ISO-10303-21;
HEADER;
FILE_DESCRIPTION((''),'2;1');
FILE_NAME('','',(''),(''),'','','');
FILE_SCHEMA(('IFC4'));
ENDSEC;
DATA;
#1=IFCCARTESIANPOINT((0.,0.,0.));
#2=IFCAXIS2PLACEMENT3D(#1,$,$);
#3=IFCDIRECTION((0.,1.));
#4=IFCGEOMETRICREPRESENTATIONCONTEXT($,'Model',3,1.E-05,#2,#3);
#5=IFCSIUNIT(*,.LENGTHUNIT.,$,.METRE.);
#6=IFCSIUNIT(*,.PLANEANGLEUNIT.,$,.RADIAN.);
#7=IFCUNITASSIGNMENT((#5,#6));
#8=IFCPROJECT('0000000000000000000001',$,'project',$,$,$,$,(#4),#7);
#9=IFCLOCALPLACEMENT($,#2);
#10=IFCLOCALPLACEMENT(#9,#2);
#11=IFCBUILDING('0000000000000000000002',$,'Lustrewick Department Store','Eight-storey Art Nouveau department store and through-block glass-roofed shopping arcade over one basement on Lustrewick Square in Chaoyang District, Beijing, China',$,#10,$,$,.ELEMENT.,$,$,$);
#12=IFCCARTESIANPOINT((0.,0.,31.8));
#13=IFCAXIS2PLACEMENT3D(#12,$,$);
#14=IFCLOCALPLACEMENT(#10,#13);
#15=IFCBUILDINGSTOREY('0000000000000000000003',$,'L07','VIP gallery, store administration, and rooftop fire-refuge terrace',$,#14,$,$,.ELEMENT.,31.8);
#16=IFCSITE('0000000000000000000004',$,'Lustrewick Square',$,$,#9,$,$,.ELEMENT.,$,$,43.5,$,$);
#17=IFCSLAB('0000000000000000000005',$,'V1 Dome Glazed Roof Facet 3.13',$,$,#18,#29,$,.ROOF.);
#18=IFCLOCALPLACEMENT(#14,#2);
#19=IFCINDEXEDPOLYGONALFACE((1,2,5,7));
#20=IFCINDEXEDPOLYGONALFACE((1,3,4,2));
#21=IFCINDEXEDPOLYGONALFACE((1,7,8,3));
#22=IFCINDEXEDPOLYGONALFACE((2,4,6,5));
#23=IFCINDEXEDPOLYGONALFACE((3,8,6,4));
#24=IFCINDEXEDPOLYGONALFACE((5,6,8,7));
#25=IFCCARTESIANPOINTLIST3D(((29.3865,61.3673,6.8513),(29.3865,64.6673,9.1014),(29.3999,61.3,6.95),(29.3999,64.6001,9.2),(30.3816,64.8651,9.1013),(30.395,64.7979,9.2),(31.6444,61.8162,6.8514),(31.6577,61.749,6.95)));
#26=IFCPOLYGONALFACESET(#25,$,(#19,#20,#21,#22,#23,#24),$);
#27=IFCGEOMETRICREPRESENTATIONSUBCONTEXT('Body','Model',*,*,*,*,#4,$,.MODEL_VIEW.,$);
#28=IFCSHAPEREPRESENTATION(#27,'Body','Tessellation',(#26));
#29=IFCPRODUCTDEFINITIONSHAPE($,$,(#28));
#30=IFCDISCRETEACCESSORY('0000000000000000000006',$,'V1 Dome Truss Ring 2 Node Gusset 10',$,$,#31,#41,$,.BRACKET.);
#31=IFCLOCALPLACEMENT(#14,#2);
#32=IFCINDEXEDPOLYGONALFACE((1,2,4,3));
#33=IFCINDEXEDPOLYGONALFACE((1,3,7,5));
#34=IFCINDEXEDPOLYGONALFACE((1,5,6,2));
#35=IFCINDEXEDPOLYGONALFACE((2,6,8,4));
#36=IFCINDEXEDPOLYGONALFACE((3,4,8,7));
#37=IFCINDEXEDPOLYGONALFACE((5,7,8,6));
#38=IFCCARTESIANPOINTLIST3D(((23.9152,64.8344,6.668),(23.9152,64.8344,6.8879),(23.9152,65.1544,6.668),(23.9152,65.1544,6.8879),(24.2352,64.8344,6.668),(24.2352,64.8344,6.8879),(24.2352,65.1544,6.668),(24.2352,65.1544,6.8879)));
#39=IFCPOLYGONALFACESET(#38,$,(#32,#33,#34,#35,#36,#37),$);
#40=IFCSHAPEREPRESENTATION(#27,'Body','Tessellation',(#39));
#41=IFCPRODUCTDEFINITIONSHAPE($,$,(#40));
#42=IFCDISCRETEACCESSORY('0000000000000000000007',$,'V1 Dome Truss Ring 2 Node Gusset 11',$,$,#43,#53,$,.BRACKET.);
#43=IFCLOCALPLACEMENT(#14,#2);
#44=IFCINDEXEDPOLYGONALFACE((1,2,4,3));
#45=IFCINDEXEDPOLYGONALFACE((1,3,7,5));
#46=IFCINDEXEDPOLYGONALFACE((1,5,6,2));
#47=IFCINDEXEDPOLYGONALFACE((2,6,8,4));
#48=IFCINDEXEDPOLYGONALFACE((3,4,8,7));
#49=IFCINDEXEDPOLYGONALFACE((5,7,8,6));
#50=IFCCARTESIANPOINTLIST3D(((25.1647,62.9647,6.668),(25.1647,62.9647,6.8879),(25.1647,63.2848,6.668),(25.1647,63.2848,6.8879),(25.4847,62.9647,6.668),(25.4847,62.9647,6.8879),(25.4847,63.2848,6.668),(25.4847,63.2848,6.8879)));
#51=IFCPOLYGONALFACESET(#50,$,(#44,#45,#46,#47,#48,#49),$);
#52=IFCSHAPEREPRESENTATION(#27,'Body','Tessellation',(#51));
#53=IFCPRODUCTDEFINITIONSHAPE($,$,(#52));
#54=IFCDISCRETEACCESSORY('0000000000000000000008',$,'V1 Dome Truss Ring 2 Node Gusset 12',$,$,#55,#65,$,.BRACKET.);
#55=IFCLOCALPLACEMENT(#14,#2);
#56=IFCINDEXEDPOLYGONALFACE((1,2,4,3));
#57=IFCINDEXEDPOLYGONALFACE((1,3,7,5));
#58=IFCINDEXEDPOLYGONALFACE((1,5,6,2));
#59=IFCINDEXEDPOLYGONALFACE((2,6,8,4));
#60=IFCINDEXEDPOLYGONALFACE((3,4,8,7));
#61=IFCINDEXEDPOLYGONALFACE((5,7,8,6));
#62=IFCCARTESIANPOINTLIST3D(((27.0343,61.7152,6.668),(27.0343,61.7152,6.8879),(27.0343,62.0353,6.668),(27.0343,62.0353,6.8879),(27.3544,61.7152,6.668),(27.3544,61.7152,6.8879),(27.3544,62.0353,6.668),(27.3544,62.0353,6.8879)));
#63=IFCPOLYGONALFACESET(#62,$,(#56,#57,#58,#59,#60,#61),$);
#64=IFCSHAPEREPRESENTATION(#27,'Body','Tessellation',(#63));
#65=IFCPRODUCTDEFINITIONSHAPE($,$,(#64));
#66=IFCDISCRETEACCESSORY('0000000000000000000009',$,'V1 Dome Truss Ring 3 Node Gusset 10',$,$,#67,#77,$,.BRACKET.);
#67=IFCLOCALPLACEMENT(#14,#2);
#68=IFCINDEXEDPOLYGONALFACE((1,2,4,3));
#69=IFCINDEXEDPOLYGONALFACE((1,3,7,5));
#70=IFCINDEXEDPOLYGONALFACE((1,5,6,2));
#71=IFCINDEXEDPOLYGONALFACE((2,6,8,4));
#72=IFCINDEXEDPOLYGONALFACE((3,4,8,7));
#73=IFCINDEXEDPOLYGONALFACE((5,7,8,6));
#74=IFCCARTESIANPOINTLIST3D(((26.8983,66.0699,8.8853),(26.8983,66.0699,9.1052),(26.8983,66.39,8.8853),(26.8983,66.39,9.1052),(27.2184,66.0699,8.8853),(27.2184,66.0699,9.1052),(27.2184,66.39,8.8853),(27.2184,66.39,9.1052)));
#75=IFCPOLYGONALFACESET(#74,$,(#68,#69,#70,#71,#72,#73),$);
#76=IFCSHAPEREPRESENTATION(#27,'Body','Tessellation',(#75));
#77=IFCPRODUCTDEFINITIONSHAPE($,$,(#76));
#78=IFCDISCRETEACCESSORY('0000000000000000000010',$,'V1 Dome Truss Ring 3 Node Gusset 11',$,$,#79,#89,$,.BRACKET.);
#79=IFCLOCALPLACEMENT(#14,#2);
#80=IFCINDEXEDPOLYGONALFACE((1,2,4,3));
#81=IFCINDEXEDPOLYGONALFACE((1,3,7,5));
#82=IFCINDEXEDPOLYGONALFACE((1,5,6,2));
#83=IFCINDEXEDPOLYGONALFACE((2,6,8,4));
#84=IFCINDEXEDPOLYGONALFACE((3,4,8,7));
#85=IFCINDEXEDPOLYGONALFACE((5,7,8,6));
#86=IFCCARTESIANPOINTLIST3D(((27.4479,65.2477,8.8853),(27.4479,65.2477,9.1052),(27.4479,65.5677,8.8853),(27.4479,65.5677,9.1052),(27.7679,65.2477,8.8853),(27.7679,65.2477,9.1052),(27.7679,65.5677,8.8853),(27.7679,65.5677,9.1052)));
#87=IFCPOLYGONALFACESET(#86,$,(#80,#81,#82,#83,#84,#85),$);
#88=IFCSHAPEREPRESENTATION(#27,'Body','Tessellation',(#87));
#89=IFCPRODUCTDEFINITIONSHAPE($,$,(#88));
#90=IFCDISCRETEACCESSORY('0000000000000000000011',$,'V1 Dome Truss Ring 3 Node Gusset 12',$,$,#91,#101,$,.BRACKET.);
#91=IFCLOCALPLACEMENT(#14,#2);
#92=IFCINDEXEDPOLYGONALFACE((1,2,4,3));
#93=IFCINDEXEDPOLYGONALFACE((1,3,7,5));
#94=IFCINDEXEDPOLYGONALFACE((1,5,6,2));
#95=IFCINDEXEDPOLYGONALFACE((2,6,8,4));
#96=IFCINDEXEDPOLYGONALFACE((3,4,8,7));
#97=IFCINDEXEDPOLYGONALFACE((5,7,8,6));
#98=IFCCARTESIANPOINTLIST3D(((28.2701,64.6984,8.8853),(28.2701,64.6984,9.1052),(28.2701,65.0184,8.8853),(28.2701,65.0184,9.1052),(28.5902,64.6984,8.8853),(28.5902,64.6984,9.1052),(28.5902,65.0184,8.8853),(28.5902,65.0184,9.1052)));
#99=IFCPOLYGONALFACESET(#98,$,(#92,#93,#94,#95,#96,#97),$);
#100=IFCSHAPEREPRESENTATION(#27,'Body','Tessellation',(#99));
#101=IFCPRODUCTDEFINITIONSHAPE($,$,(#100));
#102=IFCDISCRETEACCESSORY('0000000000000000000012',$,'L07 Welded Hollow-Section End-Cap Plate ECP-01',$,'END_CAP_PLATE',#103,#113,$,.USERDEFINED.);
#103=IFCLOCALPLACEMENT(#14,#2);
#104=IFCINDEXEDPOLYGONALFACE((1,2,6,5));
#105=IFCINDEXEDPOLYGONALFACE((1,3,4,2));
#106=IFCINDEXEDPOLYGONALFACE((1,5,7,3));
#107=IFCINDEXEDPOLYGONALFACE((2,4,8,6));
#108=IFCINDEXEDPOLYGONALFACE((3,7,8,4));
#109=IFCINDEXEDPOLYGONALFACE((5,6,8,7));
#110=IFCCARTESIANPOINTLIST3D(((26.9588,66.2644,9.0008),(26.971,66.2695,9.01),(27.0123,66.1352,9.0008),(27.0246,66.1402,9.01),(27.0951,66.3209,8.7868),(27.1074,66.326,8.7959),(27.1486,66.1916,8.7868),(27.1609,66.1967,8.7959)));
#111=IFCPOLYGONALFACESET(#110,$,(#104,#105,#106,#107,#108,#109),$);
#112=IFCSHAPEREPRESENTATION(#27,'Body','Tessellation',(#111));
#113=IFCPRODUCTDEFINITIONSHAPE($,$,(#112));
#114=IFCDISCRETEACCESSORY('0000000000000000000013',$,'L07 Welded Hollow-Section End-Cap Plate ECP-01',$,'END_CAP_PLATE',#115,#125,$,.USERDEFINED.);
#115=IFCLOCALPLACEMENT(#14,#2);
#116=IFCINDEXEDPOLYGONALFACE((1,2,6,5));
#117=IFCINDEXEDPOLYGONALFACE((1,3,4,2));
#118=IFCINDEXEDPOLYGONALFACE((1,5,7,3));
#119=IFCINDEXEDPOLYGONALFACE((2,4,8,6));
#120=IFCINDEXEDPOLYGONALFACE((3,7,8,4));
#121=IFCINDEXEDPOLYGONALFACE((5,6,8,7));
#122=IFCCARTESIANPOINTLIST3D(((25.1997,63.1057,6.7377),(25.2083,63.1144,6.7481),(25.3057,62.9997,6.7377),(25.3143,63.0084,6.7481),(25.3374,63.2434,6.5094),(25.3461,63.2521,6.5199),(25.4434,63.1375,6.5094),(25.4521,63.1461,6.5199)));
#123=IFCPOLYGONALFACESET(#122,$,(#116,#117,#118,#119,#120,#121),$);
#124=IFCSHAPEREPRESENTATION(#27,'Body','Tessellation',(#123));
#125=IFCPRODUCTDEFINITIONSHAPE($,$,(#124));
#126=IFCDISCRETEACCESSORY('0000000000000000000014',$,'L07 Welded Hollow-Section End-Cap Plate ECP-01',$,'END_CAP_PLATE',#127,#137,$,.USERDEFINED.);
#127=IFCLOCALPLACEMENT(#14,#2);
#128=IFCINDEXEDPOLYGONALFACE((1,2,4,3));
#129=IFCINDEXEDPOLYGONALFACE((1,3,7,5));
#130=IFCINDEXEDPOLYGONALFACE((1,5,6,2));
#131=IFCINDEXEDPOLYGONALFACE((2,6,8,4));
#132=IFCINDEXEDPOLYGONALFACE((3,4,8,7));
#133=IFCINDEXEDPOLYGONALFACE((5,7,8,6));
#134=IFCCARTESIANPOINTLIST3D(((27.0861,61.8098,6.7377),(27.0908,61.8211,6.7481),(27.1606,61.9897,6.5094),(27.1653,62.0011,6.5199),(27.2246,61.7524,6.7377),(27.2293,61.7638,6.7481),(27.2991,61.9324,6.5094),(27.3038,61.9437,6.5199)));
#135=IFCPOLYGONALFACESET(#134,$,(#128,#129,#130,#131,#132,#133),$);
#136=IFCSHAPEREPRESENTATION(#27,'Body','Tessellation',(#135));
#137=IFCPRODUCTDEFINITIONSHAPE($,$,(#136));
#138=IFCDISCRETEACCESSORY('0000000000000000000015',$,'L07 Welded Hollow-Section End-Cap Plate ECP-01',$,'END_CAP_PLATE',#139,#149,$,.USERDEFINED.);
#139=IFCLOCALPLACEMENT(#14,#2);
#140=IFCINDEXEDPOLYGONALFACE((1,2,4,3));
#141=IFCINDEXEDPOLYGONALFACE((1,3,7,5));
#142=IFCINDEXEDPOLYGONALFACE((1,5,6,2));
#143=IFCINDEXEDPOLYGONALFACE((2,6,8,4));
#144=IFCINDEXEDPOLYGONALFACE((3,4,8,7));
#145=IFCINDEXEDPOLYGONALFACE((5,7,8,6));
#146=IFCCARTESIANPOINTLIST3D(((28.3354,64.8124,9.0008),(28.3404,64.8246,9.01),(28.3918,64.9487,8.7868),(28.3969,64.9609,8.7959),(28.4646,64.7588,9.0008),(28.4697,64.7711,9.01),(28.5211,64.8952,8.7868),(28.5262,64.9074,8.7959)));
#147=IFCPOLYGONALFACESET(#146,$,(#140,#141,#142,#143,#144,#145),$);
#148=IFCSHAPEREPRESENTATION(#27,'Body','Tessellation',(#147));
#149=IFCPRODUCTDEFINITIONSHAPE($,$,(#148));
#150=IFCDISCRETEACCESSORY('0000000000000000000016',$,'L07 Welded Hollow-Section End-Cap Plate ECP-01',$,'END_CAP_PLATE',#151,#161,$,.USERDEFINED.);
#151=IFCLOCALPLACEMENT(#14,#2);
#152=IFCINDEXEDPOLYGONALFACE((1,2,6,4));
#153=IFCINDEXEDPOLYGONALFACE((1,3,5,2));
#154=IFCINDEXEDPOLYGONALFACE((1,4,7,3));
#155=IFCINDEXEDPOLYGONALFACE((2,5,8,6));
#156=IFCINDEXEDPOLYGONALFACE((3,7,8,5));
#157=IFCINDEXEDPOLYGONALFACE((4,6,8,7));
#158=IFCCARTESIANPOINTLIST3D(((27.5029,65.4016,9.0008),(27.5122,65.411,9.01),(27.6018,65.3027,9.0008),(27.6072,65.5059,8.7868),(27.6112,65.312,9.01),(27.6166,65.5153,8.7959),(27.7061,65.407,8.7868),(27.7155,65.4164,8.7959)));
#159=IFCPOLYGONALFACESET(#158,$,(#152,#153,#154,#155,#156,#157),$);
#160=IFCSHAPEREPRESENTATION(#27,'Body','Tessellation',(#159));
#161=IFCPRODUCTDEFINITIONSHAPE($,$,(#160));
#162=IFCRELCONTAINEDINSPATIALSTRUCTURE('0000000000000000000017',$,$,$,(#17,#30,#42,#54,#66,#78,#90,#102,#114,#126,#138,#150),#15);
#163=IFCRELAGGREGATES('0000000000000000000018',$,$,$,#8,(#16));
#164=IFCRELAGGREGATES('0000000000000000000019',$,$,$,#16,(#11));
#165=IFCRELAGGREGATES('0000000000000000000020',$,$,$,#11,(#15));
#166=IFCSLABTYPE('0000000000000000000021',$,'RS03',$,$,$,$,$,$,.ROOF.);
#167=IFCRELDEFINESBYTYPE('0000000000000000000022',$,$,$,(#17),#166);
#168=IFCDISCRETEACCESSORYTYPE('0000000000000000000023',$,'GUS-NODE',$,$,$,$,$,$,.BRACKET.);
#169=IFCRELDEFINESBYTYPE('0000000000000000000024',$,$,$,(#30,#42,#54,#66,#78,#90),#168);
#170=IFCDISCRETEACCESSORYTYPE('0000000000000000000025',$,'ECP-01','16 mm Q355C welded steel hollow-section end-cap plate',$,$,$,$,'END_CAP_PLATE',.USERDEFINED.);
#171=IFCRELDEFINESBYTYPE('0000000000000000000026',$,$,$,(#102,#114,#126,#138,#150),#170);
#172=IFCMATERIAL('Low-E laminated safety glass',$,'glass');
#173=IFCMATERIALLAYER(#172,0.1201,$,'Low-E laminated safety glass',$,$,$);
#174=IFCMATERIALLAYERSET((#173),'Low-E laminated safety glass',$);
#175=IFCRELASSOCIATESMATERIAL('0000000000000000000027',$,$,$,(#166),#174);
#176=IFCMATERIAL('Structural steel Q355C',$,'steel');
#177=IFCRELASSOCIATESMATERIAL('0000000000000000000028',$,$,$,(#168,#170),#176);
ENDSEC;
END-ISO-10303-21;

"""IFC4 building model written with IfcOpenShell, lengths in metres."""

from ifc_helpers import new_model, si_unit, direction, frame, origin, origin_2d, place, context, subcontext, project, spatial, polyline, rectangle, outline, extrude, material, layer, layer_set, type_object, element, save


model = new_model("IFC4")

# Units and contexts
model_context = context("Model", 3, precision=1e-05, world=origin(), true_north=direction((0.0, 1.0)))
body_context = subcontext(model_context, "Body", "Model", "MODEL_VIEW")
ifc_project = project(units=[si_unit("LENGTHUNIT", "METRE"), si_unit("PLANEANGLEUNIT", "RADIAN")], contexts=[model_context])

# Site, building, storey
site_placement = place(None, origin())
site = spatial("IfcSite", under=ifc_project, at=site_placement, Name="Lustrewick Square", CompositionType="ELEMENT", RefElevation=43.5)
building_placement = place(site_placement, origin())
building = spatial("IfcBuilding", under=site, at=building_placement, Name="Lustrewick Department Store", Description="Eight-storey Art Nouveau department store and through-block glass-roofed shopping arcade over one basement on Lustrewick Square in Chaoyang District, Beijing, China", CompositionType="ELEMENT")
storey_placement = place(building_placement, frame((0.0, 0.0, 31.8)))
storey = spatial("IfcBuildingStorey", under=building, at=storey_placement, Name="L07", Description="VIP gallery, store administration, and rooftop fire-refuge terrace", CompositionType="ELEMENT", Elevation=31.8)

# Shared definitions
ifc_material_1 = material(Name="Structural steel Q355C", Category="steel")

# Slab
ifc_material_2 = material(Name="Low-E laminated safety glass", Category="glass")
ifc_layer = layer(ifc_material_2, 0.1201, Name="Low-E laminated safety glass")
ifc_layer_set = layer_set([ifc_layer], Name="Low-E laminated safety glass")
slab_type = type_object("IfcSlabType", Name="RS03", PredefinedType="ROOF", material=ifc_layer_set)
slab_1_placement = place(storey_placement, frame((29.3999, 61.3, 6.95), z_axis=(0.111304, -0.559841, 0.82109), x_axis=(0.980799, 0.195023, 0.000018)))
element("IfcSlab", 1, at=slab_1_placement, inside=storey, type_object=slab_type, Name="V1 Dome Glazed Roof Facet 3.13", PredefinedType="ROOF", context=body_context, shape_type="SweptSolid", body=[
    extrude(outline(polyline([(0.0, 0.0), (2.302, 0.0), (1.6582, 3.9418), (0.6436, 3.9419), (0.0, 0.0)])), origin(), (0.0, 0.0, -1.0), 0.1201),
])

# Discrete accessories
discrete_accessory_type_1 = type_object("IfcDiscreteAccessoryType", Name="GUS-NODE", PredefinedType="BRACKET", material=ifc_material_1)
for number, where, z_axis, x_axis, name in (
    (2, (24.0752, 64.9944, 6.668), (0.0, 0.0, 1.0), (1.0, 0.0, 0.0), "V1 Dome Truss Ring 2 Node Gusset 10"),
    (3, (25.3247, 63.1248, 6.668), (0.0, 0.0, 1.0), (1.0, 0.0, 0.0), "V1 Dome Truss Ring 2 Node Gusset 11"),
    (4, (27.1943, 61.8752, 6.668), (0.0, 0.0, 1.0), (1.0, 0.0, 0.0), "V1 Dome Truss Ring 2 Node Gusset 12"),
    (5, (27.0583, 66.23, 8.8853), (0.0, 0.0, 1.0), (1.0, 0.0, 0.0), "V1 Dome Truss Ring 3 Node Gusset 10"),
    (6, (27.6079, 65.4077, 8.8853), (0.0, 0.0, 1.0), (1.0, 0.0, 0.0), "V1 Dome Truss Ring 3 Node Gusset 11"),
    (7, (28.4302, 64.8584, 8.8853), (0.0, 0.0, 1.0), (1.0, 0.0, 0.0), "V1 Dome Truss Ring 3 Node Gusset 12"),
):
    element("IfcDiscreteAccessory", number, at=place(storey_placement, frame(where, z_axis=z_axis, x_axis=x_axis)), inside=storey, type_object=discrete_accessory_type_1, Name=name, PredefinedType="BRACKET", context=body_context, shape_type="SweptSolid", body=[
        extrude(rectangle(XDim=0.3201, YDim=0.3201, at=origin_2d()), origin(), (0.0, 0.0, 1.0), 0.22),
    ])
discrete_accessory_type_2 = type_object("IfcDiscreteAccessoryType", Name="ECP-01", Description="16 mm Q355C welded steel hollow-section end-cap plate", ElementType="END_CAP_PLATE", PredefinedType="USERDEFINED", material=ifc_material_1)
discrete_accessory_placement = place(storey_placement, frame((27.0537, 66.228, 8.8938), z_axis=(0.760678, 0.315107, 0.567518), x_axis=(-0.382708, 0.923869, 0.0)))
element("IfcDiscreteAccessory", 8, at=discrete_accessory_placement, inside=storey, type_object=discrete_accessory_type_2, Name="L07 Welded Hollow-Section End-Cap Plate ECP-01", ObjectType="END_CAP_PLATE", PredefinedType="USERDEFINED", context=body_context, shape_type="SweptSolid", body=[
    extrude(rectangle(XDim=0.1399, YDim=0.26, at=origin_2d()), origin(), (0.0, 0.0, 1.0), 0.0161),
])
for number, where, z_axis, x_axis, name in (
    (9, (25.3215, 63.1216, 6.6235), (0.537852, 0.537907, 0.64913), (-0.707143, 0.707071, 0.0), "L07 Welded Hollow-Section End-Cap Plate ECP-01"),
    (10, (27.1926, 61.8711, 6.6235), (0.291046, 0.70278, 0.649147), (-0.923905, 0.382622, 0.0), "L07 Welded Hollow-Section End-Cap Plate ECP-01"),
):
    element("IfcDiscreteAccessory", number, at=place(storey_placement, frame(where, z_axis=z_axis, x_axis=x_axis)), inside=storey, type_object=discrete_accessory_type_2, Name=name, ObjectType="END_CAP_PLATE", PredefinedType="USERDEFINED", context=body_context, shape_type="SweptSolid", body=[
        extrude(rectangle(XDim=0.1499, YDim=0.3, at=origin_2d()), origin(), (0.0, 0.0, 1.0), 0.0161),
    ])
for number, where, z_axis, x_axis, name in (
    (11, (28.4282, 64.8538, 8.8938), (0.315107, 0.760678, 0.567518), (-0.923869, 0.382708, 0.0), "L07 Welded Hollow-Section End-Cap Plate ECP-01"),
    (12, (27.6045, 65.4043, 8.8938), (0.582236, 0.582173, 0.567517), (-0.707069, 0.707145, 0.0), "L07 Welded Hollow-Section End-Cap Plate ECP-01"),
):
    element("IfcDiscreteAccessory", number, at=place(storey_placement, frame(where, z_axis=z_axis, x_axis=x_axis)), inside=storey, type_object=discrete_accessory_type_2, Name=name, ObjectType="END_CAP_PLATE", PredefinedType="USERDEFINED", context=body_context, shape_type="SweptSolid", body=[
        extrude(rectangle(XDim=0.1399, YDim=0.26, at=origin_2d()), origin(), (0.0, 0.0, 1.0), 0.0161),
    ])

save(model, "model.ifc")
